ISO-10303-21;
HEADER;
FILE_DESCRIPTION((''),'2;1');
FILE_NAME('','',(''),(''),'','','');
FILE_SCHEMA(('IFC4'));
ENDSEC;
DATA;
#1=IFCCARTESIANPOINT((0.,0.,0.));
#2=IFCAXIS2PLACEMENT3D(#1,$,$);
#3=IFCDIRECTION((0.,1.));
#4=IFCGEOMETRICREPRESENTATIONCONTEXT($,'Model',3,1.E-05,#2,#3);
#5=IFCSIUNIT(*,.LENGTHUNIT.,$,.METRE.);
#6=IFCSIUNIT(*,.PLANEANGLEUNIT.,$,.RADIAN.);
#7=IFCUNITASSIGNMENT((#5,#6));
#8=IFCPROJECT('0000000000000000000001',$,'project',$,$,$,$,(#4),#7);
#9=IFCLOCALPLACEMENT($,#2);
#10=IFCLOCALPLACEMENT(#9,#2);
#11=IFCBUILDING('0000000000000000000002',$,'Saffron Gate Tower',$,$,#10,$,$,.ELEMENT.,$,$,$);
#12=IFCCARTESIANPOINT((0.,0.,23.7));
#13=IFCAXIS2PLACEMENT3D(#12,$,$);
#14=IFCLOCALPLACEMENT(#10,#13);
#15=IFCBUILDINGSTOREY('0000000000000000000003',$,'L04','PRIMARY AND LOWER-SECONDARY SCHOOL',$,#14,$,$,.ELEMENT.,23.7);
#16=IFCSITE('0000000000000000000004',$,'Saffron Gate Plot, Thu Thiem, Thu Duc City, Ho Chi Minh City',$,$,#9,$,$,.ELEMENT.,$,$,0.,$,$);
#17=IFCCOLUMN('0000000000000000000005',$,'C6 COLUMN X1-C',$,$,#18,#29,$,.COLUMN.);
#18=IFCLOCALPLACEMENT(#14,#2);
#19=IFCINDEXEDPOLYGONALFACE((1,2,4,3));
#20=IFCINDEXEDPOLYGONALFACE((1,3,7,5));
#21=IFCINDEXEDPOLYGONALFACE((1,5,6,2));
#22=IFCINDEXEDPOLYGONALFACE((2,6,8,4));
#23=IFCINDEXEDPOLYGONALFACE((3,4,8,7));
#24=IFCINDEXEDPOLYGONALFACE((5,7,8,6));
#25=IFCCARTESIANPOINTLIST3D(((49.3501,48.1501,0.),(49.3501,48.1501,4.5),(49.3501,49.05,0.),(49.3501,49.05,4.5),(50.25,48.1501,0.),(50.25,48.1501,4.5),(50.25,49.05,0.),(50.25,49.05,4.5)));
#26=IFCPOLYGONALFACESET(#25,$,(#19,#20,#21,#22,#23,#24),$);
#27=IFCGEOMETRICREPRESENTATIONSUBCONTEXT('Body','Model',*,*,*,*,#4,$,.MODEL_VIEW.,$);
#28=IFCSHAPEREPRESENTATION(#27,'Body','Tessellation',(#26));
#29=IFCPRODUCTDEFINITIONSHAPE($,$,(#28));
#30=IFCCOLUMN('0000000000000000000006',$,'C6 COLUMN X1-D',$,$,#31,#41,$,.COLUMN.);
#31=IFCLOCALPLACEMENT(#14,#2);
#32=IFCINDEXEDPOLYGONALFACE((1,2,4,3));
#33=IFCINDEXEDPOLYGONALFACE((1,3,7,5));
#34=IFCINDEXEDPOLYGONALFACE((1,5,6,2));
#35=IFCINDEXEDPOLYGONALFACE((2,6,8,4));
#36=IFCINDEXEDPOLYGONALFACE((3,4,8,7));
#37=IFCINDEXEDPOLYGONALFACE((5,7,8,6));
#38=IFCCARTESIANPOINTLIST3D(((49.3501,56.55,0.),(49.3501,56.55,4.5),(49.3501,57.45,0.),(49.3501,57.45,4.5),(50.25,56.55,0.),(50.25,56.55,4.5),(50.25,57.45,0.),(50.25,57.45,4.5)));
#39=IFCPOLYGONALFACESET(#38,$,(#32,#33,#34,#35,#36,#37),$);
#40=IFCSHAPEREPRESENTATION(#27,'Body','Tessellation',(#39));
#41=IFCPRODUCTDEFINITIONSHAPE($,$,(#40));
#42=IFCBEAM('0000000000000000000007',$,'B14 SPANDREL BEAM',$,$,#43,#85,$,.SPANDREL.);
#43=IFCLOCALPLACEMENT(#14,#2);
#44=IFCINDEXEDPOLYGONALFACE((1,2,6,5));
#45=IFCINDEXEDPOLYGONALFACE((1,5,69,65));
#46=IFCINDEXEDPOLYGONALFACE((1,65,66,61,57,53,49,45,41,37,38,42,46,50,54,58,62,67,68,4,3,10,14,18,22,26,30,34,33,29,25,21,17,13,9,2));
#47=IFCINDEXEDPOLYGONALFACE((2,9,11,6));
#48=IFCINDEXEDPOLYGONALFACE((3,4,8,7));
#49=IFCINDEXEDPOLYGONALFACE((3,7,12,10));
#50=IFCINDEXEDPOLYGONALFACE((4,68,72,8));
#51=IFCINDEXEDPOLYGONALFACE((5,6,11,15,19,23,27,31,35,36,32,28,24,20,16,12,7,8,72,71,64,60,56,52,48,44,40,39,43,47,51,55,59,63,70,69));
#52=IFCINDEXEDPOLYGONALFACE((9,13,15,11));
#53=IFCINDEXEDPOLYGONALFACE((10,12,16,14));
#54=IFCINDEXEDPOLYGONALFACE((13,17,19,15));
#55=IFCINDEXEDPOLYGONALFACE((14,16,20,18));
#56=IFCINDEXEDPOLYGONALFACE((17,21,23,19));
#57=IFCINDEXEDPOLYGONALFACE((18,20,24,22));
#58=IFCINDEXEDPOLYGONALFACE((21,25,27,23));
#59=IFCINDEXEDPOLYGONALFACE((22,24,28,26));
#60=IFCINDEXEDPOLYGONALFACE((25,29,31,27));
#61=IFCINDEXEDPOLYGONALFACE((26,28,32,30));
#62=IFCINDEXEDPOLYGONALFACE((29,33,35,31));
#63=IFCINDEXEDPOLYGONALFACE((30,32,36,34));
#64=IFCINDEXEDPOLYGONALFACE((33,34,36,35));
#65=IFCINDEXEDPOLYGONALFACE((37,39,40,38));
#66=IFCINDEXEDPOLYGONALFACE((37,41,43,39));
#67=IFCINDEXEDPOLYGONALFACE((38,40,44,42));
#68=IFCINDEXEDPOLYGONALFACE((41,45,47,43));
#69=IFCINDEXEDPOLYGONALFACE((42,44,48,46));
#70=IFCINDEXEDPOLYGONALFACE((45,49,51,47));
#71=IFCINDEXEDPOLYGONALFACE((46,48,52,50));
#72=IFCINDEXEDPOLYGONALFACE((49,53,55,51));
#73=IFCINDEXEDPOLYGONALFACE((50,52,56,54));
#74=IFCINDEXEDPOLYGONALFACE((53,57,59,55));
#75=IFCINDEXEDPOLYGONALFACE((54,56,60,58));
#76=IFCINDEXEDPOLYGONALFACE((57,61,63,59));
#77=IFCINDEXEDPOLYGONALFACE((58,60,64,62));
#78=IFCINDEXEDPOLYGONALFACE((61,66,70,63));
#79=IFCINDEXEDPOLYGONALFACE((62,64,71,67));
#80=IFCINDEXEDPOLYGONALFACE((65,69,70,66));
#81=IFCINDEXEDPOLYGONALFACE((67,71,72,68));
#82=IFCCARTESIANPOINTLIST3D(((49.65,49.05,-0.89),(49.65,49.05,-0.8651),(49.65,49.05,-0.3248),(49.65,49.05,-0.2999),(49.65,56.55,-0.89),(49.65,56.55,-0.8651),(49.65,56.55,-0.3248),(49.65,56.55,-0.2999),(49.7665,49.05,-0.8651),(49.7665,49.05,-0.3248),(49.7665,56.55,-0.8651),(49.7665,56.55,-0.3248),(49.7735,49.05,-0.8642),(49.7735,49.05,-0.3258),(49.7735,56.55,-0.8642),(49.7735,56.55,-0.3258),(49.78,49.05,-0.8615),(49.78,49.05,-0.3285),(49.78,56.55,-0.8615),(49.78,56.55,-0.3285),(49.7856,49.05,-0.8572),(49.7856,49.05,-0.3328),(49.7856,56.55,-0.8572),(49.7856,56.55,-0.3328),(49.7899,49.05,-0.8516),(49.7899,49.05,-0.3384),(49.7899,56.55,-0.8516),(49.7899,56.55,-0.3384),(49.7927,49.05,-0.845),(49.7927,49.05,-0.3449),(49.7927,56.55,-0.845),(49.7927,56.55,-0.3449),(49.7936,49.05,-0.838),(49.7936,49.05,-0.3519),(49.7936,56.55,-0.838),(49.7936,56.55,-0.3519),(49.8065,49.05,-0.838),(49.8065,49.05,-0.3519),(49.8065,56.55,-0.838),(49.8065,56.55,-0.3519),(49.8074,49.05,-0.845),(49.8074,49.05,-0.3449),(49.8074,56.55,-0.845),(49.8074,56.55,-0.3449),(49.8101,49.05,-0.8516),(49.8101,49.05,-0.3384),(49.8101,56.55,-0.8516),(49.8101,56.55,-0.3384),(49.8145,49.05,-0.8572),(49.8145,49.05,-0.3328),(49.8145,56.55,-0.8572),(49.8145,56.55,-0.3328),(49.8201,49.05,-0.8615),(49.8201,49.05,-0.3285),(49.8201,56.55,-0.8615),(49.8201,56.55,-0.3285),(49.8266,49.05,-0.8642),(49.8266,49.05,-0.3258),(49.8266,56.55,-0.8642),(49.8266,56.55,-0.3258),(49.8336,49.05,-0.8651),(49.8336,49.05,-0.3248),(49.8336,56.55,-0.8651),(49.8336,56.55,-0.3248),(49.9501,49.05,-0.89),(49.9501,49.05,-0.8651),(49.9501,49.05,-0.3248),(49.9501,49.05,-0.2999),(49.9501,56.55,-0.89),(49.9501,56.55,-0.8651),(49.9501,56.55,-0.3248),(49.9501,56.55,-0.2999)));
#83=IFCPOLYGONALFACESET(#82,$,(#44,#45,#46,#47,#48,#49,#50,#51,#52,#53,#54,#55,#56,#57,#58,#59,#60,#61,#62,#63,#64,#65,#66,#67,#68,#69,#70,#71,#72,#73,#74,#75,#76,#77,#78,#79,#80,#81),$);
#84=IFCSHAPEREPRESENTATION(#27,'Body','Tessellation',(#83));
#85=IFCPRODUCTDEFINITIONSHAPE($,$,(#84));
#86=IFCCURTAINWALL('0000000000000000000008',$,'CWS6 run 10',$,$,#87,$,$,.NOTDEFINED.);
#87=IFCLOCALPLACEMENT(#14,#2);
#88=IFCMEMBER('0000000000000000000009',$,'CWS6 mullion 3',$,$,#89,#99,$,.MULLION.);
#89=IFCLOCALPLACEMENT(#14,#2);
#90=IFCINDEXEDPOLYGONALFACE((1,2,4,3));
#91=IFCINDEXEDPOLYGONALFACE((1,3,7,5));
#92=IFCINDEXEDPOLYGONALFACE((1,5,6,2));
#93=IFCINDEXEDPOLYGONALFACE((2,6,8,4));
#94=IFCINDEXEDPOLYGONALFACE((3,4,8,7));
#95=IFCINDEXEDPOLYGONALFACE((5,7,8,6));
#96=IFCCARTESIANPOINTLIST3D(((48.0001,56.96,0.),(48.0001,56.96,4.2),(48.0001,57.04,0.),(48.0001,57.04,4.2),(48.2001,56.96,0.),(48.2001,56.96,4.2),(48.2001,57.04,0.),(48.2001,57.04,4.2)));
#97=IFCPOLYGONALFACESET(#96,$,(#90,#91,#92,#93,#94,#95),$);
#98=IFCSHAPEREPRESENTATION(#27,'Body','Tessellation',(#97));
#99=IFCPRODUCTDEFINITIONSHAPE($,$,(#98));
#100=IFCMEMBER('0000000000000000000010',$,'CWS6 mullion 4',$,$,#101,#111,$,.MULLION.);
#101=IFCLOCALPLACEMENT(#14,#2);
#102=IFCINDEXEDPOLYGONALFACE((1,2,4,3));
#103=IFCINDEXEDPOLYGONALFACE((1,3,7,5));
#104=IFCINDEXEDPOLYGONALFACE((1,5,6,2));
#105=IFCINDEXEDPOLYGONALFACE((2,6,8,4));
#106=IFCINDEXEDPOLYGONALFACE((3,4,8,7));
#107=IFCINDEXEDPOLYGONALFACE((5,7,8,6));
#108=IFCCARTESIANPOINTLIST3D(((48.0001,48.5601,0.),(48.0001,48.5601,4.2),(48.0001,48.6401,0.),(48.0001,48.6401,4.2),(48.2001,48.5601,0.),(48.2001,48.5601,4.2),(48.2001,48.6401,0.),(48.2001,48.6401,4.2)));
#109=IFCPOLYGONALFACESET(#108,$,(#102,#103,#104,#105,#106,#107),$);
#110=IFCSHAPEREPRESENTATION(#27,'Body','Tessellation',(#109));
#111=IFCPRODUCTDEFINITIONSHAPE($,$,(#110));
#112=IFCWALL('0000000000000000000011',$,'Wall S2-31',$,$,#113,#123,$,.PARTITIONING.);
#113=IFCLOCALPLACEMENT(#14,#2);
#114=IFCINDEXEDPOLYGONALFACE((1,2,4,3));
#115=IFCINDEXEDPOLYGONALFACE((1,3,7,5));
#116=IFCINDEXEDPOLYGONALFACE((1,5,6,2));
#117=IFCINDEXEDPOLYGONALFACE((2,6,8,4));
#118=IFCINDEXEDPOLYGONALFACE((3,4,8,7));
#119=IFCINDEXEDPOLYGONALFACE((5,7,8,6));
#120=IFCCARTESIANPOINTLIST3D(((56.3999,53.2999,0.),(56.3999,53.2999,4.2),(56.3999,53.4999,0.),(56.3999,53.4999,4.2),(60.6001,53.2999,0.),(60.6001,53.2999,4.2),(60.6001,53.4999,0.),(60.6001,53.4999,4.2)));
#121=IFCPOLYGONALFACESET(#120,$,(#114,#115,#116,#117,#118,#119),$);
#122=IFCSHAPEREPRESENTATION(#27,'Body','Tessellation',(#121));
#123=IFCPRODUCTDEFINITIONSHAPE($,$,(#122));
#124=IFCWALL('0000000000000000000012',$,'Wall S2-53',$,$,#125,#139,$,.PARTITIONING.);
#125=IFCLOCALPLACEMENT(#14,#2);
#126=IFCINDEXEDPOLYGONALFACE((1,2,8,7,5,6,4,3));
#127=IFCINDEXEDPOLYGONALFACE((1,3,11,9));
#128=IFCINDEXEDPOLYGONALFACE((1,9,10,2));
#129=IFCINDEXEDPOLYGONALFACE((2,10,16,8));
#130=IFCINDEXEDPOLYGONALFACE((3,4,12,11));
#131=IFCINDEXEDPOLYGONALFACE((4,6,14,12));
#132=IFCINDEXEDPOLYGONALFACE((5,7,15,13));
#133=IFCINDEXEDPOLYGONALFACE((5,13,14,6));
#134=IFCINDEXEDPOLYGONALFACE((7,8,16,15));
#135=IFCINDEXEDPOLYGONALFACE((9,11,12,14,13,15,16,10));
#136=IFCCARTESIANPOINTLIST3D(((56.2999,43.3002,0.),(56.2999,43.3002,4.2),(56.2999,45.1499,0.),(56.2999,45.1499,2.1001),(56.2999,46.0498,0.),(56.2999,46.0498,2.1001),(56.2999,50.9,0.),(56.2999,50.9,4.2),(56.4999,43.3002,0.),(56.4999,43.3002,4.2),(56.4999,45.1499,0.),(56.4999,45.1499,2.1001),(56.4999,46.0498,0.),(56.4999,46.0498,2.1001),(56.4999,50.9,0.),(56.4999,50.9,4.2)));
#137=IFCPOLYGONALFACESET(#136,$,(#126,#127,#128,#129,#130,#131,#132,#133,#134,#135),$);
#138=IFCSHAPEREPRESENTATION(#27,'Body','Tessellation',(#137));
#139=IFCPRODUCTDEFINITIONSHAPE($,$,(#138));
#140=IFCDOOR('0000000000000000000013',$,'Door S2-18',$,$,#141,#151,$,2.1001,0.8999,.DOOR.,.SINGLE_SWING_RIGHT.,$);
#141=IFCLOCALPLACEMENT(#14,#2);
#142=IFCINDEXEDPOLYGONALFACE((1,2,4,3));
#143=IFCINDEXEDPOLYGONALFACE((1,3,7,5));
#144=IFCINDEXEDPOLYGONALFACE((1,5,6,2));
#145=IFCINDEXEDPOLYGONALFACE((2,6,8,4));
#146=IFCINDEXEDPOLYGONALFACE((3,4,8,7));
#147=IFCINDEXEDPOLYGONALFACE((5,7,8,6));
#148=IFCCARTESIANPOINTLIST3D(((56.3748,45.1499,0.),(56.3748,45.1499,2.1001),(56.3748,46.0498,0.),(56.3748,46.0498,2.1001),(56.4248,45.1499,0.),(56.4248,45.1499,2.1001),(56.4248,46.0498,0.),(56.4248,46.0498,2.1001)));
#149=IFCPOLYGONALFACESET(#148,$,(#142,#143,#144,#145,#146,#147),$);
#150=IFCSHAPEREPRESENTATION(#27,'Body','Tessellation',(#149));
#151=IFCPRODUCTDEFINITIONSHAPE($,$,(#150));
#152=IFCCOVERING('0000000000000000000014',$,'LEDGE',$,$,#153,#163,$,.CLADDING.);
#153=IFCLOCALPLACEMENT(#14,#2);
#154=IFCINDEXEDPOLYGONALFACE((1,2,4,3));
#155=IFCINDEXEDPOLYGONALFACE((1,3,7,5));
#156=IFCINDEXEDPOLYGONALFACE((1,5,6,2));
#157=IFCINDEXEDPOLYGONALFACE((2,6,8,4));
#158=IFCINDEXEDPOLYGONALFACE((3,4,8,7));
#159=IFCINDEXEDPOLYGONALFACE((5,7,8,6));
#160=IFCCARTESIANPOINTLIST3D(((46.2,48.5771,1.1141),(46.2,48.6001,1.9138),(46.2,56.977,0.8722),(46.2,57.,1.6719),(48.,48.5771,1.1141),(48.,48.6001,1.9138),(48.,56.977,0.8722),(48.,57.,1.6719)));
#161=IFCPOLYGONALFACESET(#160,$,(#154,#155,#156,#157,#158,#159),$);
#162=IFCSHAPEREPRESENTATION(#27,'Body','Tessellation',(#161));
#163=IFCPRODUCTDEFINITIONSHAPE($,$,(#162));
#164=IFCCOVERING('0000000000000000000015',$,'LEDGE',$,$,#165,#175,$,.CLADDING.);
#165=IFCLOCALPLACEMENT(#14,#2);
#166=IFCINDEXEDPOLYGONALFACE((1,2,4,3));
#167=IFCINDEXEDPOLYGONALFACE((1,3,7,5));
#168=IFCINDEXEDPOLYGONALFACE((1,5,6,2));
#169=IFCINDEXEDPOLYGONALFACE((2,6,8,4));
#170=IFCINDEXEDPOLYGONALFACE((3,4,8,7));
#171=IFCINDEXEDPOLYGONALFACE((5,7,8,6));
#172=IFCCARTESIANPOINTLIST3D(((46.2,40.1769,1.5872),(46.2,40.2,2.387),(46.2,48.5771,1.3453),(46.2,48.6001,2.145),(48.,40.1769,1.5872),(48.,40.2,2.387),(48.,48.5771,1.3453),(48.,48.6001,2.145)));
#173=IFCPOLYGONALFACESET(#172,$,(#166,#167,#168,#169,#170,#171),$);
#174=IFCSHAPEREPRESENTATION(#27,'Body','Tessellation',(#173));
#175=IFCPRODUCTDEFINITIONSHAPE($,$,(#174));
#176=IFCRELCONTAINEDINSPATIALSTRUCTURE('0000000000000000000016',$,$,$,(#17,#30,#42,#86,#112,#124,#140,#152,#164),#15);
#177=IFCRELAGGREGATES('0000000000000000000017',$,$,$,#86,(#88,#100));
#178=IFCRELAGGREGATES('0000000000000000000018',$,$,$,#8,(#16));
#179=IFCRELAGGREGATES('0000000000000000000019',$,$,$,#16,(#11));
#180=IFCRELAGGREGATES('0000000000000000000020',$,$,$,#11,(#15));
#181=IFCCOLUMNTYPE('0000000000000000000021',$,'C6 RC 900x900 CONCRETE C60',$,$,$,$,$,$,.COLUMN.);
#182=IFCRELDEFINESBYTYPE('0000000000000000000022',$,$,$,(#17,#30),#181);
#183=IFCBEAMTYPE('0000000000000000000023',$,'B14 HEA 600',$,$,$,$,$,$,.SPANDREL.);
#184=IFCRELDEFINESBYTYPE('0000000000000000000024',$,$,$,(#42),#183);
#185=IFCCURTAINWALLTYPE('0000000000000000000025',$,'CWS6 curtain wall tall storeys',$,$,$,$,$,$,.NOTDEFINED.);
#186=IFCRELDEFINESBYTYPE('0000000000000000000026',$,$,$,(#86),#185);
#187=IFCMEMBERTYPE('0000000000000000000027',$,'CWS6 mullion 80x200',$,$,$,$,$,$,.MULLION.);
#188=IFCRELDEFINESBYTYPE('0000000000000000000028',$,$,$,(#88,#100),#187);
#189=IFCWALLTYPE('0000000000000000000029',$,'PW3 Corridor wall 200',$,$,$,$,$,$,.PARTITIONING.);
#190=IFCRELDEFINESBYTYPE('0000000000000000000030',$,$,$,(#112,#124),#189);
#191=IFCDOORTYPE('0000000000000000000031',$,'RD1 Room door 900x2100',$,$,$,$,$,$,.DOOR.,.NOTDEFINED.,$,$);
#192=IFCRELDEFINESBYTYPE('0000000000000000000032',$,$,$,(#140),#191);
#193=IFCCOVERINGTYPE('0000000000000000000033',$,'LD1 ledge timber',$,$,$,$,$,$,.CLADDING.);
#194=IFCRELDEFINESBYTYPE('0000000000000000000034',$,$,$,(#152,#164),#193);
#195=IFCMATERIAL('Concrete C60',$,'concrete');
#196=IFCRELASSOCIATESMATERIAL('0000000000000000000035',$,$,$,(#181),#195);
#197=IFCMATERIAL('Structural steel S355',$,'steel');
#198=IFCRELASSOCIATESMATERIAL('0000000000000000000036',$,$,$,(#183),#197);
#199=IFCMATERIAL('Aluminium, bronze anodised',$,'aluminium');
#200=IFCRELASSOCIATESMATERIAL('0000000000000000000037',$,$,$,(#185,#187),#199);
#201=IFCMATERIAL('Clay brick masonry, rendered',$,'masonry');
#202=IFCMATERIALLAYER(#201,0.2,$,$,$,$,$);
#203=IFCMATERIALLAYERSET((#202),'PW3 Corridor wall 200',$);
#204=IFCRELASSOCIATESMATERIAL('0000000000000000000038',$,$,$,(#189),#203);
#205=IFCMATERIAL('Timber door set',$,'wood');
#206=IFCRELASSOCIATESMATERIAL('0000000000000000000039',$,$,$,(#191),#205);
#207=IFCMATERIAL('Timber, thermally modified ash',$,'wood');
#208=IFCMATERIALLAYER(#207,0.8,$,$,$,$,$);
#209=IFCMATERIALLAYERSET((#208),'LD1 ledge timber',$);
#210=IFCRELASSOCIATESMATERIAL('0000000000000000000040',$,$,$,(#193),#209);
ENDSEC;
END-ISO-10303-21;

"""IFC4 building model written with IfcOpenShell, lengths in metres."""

from ifc_helpers import new_model, si_unit, direction, frame, frame_2d, origin, origin_2d, place, context, subcontext, project, spatial, polyline, rectangle, i_section, outline, extrude, material, layer, layer_set, material_profile, profile_set, type_object, element, fill, aggregate, save


model = new_model("IFC4")

# Units and contexts
model_context = context("Model", 3, precision=1e-05, world=origin(), true_north=direction((0.0, 1.0)))
body_context = subcontext(model_context, "Body", "Model", "MODEL_VIEW")
ifc_project = project(units=[si_unit("LENGTHUNIT", "METRE"), si_unit("PLANEANGLEUNIT", "RADIAN")], contexts=[model_context])

# Site, building, storey
site_placement = place(None, origin())
site = spatial("IfcSite", under=ifc_project, at=site_placement, Name="Saffron Gate Plot, Thu Thiem, Thu Duc City, Ho Chi Minh City", CompositionType="ELEMENT", RefElevation=0.0)
building_placement = place(site_placement, origin())
building = spatial("IfcBuilding", under=site, at=building_placement, Name="Saffron Gate Tower", CompositionType="ELEMENT")
storey_placement = place(building_placement, frame((0.0, 0.0, 23.7)))
storey = spatial("IfcBuildingStorey", under=building, at=storey_placement, Name="L04", Description="PRIMARY AND LOWER-SECONDARY SCHOOL", CompositionType="ELEMENT", Elevation=23.7)

# Columns
ifc_material_1 = material(Name="Concrete C60", Category="concrete")
ifc_material_profile_1 = material_profile(ifc_material_1, rectangle(XDim=0.8999, YDim=0.8999, at=origin_2d()))
ifc_profile_set_1 = profile_set([ifc_material_profile_1], Name="Concrete C60")
column_type = type_object("IfcColumnType", Name="C6 RC 900x900 CONCRETE C60", PredefinedType="COLUMN", material=ifc_profile_set_1)
for number, where, z_axis, x_axis, name in (
    (1, (49.8, 48.6001, 0.0), (0.0, 0.0, 1.0), (1.0, 0.0, 0.0), "C6 COLUMN X1-C"),
    (2, (49.8, 57.0, 0.0), (0.0, 0.0, 1.0), (1.0, 0.0, 0.0), "C6 COLUMN X1-D"),
):
    element("IfcColumn", number, at=place(storey_placement, frame(where, z_axis=z_axis, x_axis=x_axis)), inside=storey, type_object=column_type, Name=name, PredefinedType="COLUMN", context=body_context, shape_type="SweptSolid", body=[
        extrude(rectangle(XDim=0.8999, YDim=0.8999, at=origin_2d()), origin(), (0.0, 0.0, 1.0), 4.5),
    ])

# Beam
ifc_material_2 = material(Name="Structural steel S355", Category="steel")
ifc_material_profile_2 = material_profile(ifc_material_2, i_section(OverallWidth=0.3, OverallDepth=0.5901, WebThickness=0.0129, FlangeThickness=0.0249, FilletRadius=0.0271, at=origin_2d()))
ifc_profile_set_2 = profile_set([ifc_material_profile_2], Name="Structural steel S355")
beam_type = type_object("IfcBeamType", Name="B14 HEA 600", PredefinedType="SPANDREL", material=ifc_profile_set_2)
beam_placement = place(storey_placement, frame((49.8, 49.05, -0.595), z_axis=(0.0, 1.0, 0.0), x_axis=(-1.0, 0.0, 0.0)))
element("IfcBeam", 3, at=beam_placement, inside=storey, type_object=beam_type, Name="B14 SPANDREL BEAM", PredefinedType="SPANDREL", context=body_context, shape_type="SweptSolid", body=[
    extrude(i_section(OverallWidth=0.3, OverallDepth=0.5901, WebThickness=0.0129, FlangeThickness=0.0249, FilletRadius=0.0271, at=origin_2d()), origin(), (0.0, 0.0, 1.0), 7.5),
])

# Curtain wall, members
ifc_material_3 = material(Name="Aluminium, bronze anodised", Category="aluminium")
curtain_wall_type = type_object("IfcCurtainWallType", Name="CWS6 curtain wall tall storeys", PredefinedType="NOTDEFINED", material=ifc_material_3)
curtain_wall_placement = place(storey_placement, origin())
curtain_wall = element("IfcCurtainWall", 4, at=curtain_wall_placement, inside=storey, type_object=curtain_wall_type, Name="CWS6 run 10", PredefinedType="NOTDEFINED")
ifc_material_profile_3 = material_profile(ifc_material_3, rectangle(XDim=0.2, YDim=0.0801, at=origin_2d()))
ifc_profile_set_3 = profile_set([ifc_material_profile_3], Name="Aluminium, bronze anodised")
member_type = type_object("IfcMemberType", Name="CWS6 mullion 80x200", PredefinedType="MULLION", material=ifc_profile_set_3)
member_1_placement = place(storey_placement, frame((48.1001, 57.0, 0.0), z_axis=(0.0, 0.0, 1.0), x_axis=(1.0, 0.0, 0.0)))
member_1 = element("IfcMember", 5, at=member_1_placement, type_object=member_type, Name="CWS6 mullion 3", PredefinedType="MULLION", context=body_context, shape_type="SweptSolid", body=[
    extrude(rectangle(XDim=0.2, YDim=0.0801, at=origin_2d()), origin(), (0.0, 0.0, 1.0), 4.2),
])
member_2_placement = place(storey_placement, frame((48.1001, 48.6001, 0.0), z_axis=(0.0, 0.0, 1.0), x_axis=(1.0, 0.0, 0.0)))
member_2 = element("IfcMember", 6, at=member_2_placement, type_object=member_type, Name="CWS6 mullion 4", PredefinedType="MULLION", context=body_context, shape_type="SweptSolid", body=[
    extrude(rectangle(XDim=0.2, YDim=0.0801, at=origin_2d()), origin(), (0.0, 0.0, 1.0), 4.2),
])
aggregate(curtain_wall, [member_1, member_2])

# Wall
ifc_material_4 = material(Name="Clay brick masonry, rendered", Category="masonry")
ifc_layer_1 = layer(ifc_material_4, 0.2)
ifc_layer_set_1 = layer_set([ifc_layer_1], Name="PW3 Corridor wall 200")
wall_type = type_object("IfcWallType", Name="PW3 Corridor wall 200", PredefinedType="PARTITIONING", material=ifc_layer_set_1)
wall_1_placement = place(storey_placement, frame((56.3999, 53.3999, 0.0), z_axis=(0.0, 0.0, 1.0), x_axis=(1.0, 0.0, 0.0)))
element("IfcWall", 7, at=wall_1_placement, inside=storey, type_object=wall_type, Name="Wall S2-31", PredefinedType="PARTITIONING", context=body_context, shape_type="SweptSolid", body=[
    extrude(rectangle(XDim=4.2002, YDim=0.2, at=frame_2d((2.1001, 0.0))), origin(), (0.0, 0.0, 1.0), 4.2),
])

# Wall, opening, door
wall_2_placement = place(storey_placement, frame((56.3999, 50.8999, 0.0), z_axis=(0.0, 0.0, 1.0), x_axis=(0.0, -1.0, 0.0)))
wall_2 = element("IfcWall", 8, at=wall_2_placement, inside=storey, type_object=wall_type, Name="Wall S2-53", PredefinedType="PARTITIONING", context=body_context, shape_type="SweptSolid", body=[
    extrude(rectangle(XDim=7.5999, YDim=0.2, at=frame_2d((3.7998, 0.0))), origin(), (0.0, 0.0, 1.0), 4.2),
])
opening_placement = place(wall_2_placement, frame((4.8501, 0.0, 0.0)))
opening = element("IfcOpeningElement", 9, at=opening_placement, cuts=wall_2, PredefinedType="OPENING", context=body_context, shape_type="SweptSolid", body=[
    extrude(rectangle(XDim=0.8999, YDim=2.1001, at=frame_2d((0.45, 1.05))), frame((0.0, 0.1099, 0.0), z_axis=(0.0, -1.0, 0.0), x_axis=(1.0, 0.0, 0.0)), (0.0, 0.0, 1.0), 0.22),
])
ifc_material_5 = material(Name="Timber door set", Category="wood")
door_type = type_object("IfcDoorType", Name="RD1 Room door 900x2100", OperationType="NOTDEFINED", PredefinedType="DOOR", material=ifc_material_5)
door_placement = place(opening_placement, origin())
door = element("IfcDoor", 10, at=door_placement, inside=storey, type_object=door_type, Name="Door S2-18", OperationType="SINGLE_SWING_RIGHT", OverallHeight=2.1001, OverallWidth=0.8999, PredefinedType="DOOR", context=body_context, shape_type="SweptSolid", body=[
    extrude(rectangle(XDim=0.8999, YDim=2.1001, at=frame_2d((0.45, 1.05))), frame((0.0, 0.0249, 0.0), z_axis=(0.0, -1.0, 0.0), x_axis=(1.0, 0.0, 0.0)), (0.0, 0.0, 1.0), 0.05),
])
fill(opening, door)

# Coverings
ifc_material_6 = material(Name="Timber, thermally modified ash", Category="wood")
ifc_layer_2 = layer(ifc_material_6, 0.8)
ifc_layer_set_2 = layer_set([ifc_layer_2], Name="LD1 ledge timber")
covering_type_1 = type_object("IfcCoveringType", Name="LD1 ledge timber", PredefinedType="CLADDING", material=ifc_layer_set_2)
covering_1_placement = place(storey_placement, frame((48.0, 57.0, 1.6719), z_axis=(0.0, 0.028791, 0.999585), x_axis=(0.0, -0.999585, 0.028791)))
element("IfcCovering", 11, at=covering_1_placement, inside=storey, type_object=covering_type_1, Name="LEDGE", PredefinedType="CLADDING", context=body_context, shape_type="SweptSolid", body=[
    extrude(outline(polyline([(0.0, 0.0), (8.4034, 0.0), (8.4034, -1.8), (0.0, -1.8), (0.0, 0.0)])), origin(), (0.0, 0.0, -1.0), 0.8),
])
covering_2_placement = place(storey_placement, frame((48.0, 48.6001, 2.145), z_axis=(0.0, 0.02879, 0.999585), x_axis=(0.0, -0.999585, 0.02879)))
element("IfcCovering", 12, at=covering_2_placement, inside=storey, type_object=covering_type_1, Name="LEDGE", PredefinedType="CLADDING", context=body_context, shape_type="SweptSolid", body=[
    extrude(outline(polyline([(0.0, 0.0), (8.4036, 0.0), (8.4036, -1.8), (0.0, -1.8), (0.0, 0.0)])), origin(), (0.0, 0.0, -1.0), 0.8),
])

save(model, "model.ifc")
